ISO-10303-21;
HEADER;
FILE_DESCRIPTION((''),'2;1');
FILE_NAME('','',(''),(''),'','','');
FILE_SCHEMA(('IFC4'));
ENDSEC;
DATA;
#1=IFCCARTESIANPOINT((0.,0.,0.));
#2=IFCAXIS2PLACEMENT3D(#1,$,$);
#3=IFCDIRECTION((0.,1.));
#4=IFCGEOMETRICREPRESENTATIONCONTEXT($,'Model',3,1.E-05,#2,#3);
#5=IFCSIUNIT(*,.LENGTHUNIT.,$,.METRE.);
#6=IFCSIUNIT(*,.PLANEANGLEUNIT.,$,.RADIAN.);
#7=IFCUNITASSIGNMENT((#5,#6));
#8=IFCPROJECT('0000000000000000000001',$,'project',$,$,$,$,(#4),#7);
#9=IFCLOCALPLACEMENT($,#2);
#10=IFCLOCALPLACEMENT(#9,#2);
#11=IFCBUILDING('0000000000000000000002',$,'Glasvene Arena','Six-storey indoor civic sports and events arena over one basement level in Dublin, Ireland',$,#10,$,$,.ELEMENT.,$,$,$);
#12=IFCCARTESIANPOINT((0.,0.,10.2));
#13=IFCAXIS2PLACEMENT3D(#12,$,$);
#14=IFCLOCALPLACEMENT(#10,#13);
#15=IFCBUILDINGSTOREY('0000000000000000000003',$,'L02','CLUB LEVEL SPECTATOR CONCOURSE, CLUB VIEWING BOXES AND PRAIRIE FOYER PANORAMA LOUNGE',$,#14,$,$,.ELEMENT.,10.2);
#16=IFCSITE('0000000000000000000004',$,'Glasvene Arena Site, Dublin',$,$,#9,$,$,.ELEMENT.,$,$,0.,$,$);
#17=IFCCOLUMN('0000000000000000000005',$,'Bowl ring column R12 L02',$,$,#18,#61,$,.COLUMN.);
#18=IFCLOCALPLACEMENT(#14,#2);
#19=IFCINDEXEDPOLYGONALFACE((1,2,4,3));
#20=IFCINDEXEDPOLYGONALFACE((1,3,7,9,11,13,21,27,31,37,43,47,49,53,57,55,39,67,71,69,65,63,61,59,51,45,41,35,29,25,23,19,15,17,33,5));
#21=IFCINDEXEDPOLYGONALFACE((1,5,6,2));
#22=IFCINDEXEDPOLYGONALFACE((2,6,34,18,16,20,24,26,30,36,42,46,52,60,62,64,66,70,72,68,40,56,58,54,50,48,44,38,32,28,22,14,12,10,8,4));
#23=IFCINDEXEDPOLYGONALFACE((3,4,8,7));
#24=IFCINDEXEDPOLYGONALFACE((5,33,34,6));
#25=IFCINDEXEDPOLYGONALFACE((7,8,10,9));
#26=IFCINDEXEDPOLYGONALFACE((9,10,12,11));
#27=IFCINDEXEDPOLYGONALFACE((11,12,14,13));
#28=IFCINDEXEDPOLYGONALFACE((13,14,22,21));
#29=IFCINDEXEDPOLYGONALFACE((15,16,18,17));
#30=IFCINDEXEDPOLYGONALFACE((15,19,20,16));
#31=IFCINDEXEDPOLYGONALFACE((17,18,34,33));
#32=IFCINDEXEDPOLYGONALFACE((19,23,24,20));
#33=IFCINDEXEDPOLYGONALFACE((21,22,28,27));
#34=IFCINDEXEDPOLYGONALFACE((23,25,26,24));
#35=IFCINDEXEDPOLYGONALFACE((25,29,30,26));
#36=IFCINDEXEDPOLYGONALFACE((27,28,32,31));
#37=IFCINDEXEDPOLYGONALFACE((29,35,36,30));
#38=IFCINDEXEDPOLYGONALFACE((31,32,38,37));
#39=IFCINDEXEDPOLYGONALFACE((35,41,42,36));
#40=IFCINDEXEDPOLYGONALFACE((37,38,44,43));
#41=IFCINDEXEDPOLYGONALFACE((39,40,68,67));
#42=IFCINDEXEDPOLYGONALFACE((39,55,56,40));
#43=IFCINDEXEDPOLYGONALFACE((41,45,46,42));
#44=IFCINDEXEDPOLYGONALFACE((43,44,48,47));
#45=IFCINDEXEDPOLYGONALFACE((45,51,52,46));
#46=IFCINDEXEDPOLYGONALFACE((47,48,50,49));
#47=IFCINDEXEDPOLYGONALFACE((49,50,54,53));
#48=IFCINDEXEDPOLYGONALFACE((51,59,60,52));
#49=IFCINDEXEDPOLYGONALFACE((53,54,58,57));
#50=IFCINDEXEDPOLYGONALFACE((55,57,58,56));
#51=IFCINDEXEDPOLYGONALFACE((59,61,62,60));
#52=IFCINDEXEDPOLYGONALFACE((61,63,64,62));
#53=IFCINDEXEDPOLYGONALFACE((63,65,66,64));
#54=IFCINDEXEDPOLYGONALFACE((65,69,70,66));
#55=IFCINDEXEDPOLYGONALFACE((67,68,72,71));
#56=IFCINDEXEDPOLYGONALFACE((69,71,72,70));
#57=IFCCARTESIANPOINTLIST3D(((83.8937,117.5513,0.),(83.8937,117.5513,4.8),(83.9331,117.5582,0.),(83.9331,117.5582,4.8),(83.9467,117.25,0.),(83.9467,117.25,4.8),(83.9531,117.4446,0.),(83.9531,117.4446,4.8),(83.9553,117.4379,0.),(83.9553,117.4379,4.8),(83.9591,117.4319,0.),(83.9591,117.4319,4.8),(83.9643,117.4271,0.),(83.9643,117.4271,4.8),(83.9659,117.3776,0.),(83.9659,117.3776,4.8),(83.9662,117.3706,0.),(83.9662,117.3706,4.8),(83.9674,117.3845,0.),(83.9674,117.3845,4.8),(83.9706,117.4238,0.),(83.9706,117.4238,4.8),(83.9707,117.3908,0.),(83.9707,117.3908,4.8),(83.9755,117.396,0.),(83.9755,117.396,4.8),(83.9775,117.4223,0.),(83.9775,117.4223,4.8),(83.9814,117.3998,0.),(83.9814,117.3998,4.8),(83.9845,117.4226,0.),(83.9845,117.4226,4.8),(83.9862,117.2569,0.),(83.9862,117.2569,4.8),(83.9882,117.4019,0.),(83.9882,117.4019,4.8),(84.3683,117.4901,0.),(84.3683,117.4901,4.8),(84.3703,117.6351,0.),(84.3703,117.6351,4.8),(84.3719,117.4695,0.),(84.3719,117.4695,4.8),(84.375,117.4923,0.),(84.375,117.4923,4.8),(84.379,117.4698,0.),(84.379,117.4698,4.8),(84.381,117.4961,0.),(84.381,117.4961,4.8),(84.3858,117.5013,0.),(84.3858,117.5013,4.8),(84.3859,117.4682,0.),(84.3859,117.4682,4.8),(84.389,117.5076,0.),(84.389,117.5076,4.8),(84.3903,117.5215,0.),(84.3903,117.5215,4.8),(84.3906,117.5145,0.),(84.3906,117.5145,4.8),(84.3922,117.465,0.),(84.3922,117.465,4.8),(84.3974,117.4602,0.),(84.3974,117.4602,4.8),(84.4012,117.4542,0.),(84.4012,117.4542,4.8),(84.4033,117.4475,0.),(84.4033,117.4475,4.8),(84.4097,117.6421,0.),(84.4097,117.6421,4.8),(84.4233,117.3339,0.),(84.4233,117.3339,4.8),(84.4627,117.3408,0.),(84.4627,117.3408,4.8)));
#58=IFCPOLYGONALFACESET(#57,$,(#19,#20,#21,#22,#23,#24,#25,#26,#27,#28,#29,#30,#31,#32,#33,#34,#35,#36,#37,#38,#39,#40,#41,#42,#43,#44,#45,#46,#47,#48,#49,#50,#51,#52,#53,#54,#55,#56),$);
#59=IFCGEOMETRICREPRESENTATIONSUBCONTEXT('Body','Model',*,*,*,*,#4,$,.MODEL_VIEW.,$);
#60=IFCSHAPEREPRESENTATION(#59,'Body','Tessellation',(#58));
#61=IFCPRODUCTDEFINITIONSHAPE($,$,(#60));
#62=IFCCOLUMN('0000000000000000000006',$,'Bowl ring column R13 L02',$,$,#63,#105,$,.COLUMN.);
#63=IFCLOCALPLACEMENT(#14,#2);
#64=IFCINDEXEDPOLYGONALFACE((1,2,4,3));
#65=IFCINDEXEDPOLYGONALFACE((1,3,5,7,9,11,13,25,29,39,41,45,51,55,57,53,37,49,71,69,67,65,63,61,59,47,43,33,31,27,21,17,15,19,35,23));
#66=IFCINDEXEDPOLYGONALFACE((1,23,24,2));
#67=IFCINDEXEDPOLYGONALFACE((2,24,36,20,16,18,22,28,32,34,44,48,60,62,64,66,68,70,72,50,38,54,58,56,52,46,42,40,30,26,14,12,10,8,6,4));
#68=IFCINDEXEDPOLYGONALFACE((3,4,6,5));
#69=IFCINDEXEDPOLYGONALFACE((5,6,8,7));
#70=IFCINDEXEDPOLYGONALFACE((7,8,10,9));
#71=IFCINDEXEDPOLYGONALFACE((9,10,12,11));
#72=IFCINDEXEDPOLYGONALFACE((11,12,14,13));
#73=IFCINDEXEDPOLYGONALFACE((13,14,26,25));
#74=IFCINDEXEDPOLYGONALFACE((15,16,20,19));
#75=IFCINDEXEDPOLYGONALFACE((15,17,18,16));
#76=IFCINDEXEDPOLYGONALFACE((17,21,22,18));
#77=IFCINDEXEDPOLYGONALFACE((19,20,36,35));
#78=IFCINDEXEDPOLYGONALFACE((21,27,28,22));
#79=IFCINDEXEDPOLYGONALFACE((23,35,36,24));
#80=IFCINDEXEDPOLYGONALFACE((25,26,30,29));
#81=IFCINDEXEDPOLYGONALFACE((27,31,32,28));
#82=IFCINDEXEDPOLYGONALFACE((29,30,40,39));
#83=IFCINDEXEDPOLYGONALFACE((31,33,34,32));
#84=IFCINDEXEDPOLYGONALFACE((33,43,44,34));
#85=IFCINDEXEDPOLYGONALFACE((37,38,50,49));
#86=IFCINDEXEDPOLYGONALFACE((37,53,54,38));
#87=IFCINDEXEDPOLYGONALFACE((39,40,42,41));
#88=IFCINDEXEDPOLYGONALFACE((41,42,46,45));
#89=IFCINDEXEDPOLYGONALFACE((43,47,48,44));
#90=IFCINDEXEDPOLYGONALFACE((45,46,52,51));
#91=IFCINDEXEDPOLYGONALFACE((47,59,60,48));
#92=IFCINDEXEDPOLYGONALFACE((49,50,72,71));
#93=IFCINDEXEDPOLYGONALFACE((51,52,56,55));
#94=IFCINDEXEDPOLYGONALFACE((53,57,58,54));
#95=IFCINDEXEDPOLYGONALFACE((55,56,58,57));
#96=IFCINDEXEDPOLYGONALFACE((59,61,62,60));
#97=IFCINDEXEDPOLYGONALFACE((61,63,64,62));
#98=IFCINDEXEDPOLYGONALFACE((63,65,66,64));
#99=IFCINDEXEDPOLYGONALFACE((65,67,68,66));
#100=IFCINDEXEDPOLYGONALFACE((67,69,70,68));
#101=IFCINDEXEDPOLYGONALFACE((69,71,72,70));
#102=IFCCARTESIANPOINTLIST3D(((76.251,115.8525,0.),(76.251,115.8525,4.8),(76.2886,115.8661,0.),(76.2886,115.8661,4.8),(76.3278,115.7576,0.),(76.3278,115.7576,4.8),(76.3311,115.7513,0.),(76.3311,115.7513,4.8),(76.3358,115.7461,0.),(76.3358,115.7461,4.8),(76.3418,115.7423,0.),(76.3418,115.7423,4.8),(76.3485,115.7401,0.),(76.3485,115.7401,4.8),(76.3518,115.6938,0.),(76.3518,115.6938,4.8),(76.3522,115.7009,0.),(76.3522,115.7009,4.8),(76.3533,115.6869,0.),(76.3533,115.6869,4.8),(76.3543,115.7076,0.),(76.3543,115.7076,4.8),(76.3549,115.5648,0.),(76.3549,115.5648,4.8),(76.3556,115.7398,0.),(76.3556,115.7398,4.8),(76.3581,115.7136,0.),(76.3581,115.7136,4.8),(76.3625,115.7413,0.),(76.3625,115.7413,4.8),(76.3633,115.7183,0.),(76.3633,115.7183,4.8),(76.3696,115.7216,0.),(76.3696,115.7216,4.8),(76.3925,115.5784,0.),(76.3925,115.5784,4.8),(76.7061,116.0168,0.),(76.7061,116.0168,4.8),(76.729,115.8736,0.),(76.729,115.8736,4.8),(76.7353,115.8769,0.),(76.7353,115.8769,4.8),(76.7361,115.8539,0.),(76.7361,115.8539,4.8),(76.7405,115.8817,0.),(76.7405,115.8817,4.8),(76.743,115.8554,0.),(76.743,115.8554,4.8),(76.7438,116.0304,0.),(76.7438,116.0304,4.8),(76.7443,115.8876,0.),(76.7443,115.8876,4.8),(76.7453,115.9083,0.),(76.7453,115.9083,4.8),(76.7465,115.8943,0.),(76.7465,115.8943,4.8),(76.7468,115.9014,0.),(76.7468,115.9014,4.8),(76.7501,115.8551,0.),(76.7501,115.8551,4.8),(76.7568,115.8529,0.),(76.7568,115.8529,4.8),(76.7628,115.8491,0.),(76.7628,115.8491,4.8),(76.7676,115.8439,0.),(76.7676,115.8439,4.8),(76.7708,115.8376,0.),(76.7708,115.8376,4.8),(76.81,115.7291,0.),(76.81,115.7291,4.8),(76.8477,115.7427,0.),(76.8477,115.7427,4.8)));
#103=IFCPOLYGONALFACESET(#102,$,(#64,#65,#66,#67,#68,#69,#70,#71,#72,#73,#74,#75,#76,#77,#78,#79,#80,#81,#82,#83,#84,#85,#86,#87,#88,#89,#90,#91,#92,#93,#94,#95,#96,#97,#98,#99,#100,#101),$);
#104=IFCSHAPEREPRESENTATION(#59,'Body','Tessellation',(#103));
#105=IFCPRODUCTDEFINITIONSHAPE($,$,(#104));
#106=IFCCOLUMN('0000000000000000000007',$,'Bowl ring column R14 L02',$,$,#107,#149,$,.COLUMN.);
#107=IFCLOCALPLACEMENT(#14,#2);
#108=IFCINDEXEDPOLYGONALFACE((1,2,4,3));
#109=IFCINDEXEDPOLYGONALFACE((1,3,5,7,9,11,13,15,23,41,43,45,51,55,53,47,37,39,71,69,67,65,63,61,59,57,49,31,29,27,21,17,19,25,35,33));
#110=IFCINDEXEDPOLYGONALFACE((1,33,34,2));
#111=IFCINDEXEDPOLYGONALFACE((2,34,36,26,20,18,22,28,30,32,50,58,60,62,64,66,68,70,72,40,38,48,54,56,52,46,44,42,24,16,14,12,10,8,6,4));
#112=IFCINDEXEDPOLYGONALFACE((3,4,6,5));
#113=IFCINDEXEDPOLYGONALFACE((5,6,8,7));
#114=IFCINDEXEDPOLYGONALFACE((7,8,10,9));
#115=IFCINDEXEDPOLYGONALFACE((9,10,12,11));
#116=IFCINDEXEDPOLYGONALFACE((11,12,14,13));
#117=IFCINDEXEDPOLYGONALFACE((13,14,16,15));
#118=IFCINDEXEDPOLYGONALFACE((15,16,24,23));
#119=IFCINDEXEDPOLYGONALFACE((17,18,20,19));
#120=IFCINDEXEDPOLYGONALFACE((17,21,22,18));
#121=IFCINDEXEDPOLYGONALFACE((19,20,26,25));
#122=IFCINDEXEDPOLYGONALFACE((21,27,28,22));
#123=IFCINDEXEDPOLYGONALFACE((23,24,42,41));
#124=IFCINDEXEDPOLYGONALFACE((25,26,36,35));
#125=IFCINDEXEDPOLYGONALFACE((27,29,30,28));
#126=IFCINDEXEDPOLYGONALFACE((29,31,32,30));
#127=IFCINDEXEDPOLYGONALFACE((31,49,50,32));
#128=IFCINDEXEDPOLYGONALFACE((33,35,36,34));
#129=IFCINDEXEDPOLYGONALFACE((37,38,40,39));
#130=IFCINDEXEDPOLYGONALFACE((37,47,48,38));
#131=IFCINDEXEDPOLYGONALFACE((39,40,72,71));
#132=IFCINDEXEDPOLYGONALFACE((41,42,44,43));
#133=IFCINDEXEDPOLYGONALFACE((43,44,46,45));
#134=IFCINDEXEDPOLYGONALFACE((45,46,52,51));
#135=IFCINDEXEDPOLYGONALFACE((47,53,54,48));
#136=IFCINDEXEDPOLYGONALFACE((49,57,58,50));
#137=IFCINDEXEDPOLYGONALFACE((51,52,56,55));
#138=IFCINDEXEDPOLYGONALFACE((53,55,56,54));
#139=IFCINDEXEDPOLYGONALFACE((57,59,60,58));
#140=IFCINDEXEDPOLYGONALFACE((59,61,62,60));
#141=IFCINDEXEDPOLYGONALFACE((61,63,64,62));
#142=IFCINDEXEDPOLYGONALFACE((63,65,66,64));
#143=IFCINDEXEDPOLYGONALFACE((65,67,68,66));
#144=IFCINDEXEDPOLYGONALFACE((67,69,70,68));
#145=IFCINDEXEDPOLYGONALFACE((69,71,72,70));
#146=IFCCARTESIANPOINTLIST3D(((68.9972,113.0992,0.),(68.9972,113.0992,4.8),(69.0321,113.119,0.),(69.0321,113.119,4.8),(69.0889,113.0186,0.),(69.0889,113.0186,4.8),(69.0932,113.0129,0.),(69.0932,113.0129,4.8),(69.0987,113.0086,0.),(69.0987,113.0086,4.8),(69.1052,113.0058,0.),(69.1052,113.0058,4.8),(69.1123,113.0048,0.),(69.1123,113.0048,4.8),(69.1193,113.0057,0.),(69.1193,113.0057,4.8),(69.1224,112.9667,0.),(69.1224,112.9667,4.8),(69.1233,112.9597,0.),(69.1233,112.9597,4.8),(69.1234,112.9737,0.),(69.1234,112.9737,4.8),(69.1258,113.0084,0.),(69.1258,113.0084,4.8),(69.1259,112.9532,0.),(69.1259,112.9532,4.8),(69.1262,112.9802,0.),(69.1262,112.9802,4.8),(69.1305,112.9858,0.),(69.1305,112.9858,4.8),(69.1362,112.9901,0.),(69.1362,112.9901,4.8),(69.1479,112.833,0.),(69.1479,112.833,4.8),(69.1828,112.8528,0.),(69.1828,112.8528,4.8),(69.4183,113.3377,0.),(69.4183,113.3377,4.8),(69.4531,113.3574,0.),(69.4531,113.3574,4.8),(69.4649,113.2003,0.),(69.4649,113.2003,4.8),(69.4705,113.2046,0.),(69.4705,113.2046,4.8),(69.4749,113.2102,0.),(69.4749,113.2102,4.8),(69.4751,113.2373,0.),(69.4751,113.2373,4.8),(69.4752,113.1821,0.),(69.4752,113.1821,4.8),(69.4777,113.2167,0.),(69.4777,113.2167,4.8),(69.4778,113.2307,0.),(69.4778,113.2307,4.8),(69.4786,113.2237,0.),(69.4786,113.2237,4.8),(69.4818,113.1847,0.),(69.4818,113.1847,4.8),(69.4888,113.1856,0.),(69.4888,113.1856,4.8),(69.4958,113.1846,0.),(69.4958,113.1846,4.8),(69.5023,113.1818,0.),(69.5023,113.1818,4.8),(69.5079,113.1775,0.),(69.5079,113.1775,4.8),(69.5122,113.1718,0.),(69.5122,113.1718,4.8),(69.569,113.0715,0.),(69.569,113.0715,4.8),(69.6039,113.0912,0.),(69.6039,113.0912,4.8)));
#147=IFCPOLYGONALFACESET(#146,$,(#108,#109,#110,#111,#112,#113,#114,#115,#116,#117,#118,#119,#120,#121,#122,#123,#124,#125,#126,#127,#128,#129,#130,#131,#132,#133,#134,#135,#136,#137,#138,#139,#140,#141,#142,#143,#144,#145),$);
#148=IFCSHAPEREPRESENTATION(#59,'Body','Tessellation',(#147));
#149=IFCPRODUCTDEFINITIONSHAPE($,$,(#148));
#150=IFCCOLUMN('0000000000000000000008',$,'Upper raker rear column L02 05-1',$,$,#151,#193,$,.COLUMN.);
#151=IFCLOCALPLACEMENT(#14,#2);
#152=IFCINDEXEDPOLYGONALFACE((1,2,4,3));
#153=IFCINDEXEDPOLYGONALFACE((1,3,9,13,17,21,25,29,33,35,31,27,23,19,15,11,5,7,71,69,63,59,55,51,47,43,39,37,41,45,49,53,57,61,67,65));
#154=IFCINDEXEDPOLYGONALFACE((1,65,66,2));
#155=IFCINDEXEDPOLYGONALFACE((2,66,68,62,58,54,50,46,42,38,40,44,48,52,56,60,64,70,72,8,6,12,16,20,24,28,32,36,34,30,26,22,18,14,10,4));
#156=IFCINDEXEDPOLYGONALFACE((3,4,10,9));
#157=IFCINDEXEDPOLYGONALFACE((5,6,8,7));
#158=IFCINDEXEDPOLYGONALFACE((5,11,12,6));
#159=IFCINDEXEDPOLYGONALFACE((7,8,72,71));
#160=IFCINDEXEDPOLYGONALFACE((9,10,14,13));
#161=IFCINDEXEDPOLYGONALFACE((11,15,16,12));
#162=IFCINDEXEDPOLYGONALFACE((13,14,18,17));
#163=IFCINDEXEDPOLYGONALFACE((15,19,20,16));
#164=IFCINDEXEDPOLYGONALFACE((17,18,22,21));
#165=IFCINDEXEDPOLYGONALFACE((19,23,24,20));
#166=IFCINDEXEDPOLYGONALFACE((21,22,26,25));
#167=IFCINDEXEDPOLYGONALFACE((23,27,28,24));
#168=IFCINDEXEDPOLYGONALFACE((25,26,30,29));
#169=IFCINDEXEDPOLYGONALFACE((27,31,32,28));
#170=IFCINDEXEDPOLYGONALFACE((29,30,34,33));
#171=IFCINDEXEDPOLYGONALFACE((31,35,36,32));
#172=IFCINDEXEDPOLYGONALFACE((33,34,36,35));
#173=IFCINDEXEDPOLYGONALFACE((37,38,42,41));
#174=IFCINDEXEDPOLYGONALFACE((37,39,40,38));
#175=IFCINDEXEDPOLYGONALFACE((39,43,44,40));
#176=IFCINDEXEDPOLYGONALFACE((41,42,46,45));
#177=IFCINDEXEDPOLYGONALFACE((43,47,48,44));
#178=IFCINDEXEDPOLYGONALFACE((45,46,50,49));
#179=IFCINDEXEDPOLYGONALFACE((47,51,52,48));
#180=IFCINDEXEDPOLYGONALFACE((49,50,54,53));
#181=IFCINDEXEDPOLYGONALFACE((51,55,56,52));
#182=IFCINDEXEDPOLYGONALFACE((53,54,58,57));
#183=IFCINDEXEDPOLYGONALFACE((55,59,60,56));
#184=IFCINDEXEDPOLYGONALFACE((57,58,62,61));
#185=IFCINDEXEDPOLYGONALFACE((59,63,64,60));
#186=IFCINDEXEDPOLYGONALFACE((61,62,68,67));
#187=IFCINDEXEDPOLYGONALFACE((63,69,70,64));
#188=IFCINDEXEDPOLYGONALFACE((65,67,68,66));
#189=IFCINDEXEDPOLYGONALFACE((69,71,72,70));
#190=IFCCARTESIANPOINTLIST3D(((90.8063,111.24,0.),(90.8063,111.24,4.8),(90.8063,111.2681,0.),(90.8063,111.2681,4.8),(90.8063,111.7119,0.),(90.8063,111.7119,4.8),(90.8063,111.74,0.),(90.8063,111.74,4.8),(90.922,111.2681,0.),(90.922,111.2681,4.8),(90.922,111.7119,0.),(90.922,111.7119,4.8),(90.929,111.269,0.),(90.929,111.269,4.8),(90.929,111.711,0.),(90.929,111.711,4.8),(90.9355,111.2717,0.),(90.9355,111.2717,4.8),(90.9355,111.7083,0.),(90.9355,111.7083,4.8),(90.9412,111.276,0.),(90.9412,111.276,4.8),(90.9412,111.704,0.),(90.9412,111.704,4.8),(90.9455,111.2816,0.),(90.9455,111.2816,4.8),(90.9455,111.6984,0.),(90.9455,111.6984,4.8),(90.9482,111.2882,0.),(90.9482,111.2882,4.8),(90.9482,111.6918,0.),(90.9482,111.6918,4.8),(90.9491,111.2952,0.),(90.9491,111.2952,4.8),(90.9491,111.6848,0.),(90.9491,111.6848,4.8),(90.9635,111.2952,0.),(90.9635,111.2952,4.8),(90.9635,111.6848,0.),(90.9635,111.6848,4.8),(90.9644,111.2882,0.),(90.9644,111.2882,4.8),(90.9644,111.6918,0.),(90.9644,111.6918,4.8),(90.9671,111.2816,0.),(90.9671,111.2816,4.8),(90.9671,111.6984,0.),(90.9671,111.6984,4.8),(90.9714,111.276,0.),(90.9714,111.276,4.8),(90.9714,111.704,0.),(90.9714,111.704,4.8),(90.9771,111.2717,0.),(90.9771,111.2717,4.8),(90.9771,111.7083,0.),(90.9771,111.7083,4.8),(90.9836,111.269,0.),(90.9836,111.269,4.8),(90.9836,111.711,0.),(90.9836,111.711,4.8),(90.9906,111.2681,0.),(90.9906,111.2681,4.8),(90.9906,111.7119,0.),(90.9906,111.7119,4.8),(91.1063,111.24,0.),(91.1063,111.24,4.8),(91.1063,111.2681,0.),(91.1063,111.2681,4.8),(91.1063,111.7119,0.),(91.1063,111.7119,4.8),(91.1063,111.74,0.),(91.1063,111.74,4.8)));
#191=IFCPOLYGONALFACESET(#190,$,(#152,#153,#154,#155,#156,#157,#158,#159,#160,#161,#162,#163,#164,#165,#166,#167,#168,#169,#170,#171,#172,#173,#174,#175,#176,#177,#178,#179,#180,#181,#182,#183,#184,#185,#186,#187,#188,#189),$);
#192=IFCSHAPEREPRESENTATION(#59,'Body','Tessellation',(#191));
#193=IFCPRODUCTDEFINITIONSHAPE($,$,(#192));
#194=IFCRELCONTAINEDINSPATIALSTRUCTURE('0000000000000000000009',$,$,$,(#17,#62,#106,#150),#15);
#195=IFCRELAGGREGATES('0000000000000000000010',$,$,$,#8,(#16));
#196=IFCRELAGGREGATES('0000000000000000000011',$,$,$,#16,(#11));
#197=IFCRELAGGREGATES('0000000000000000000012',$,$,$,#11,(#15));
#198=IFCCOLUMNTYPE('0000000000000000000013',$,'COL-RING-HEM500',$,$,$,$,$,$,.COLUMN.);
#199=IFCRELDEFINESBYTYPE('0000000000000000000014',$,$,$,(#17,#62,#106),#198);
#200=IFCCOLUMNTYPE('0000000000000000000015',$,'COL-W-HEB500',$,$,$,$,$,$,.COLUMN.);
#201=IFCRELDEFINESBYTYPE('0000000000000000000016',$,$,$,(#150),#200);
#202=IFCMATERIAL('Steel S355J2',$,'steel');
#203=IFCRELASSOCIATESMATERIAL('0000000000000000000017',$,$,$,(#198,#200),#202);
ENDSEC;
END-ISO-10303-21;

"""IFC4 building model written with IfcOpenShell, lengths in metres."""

from ifc_helpers import new_model, si_unit, direction, frame, origin, origin_2d, place, context, subcontext, project, spatial, i_section, extrude, material, material_profile, profile_set, type_object, element, save


model = new_model("IFC4")

# Units and contexts
model_context = context("Model", 3, precision=1e-05, world=origin(), true_north=direction((0.0, 1.0)))
body_context = subcontext(model_context, "Body", "Model", "MODEL_VIEW")
ifc_project = project(units=[si_unit("LENGTHUNIT", "METRE"), si_unit("PLANEANGLEUNIT", "RADIAN")], contexts=[model_context])

# Site, building, storey
site_placement = place(None, origin())
site = spatial("IfcSite", under=ifc_project, at=site_placement, Name="Glasvene Arena Site, Dublin", CompositionType="ELEMENT", RefElevation=0.0)
building_placement = place(site_placement, origin())
building = spatial("IfcBuilding", under=site, at=building_placement, Name="Glasvene Arena", Description="Six-storey indoor civic sports and events arena over one basement level in Dublin, Ireland", CompositionType="ELEMENT")
storey_placement = place(building_placement, frame((0.0, 0.0, 10.2)))
storey = spatial("IfcBuildingStorey", under=building, at=storey_placement, Name="L02", Description="CLUB LEVEL SPECTATOR CONCOURSE, CLUB VIEWING BOXES AND PRAIRIE FOYER PANORAMA LOUNGE", CompositionType="ELEMENT", Elevation=10.2)

# Columns
ifc_material_1 = material(Name="Steel S355J2", Category="steel")
ifc_material_profile_1 = material_profile(ifc_material_1, i_section(OverallWidth=0.3059, OverallDepth=0.5239, WebThickness=0.021, FlangeThickness=0.04, FilletRadius=0.0271, at=origin_2d()), Name="HEM 500")
ifc_profile_set_1 = profile_set([ifc_material_profile_1], Name="Steel S355J2")
column_type_1 = type_object("IfcColumnType", Name="COL-RING-HEM500", PredefinedType="COLUMN", material=ifc_profile_set_1)
for number, where, z_axis, x_axis, name in (
    (1, (84.1782, 117.446, 0.0), (0.0, 0.0, 1.0), (-0.173304, 0.984868, 0.0), "Bowl ring column R12 L02"),
    (2, (76.5493, 115.7976, 0.0), (0.0, 0.0, 1.0), (-0.339559, 0.940585, 0.0), "Bowl ring column R13 L02"),
    (3, (69.3005, 113.0952, 0.0), (0.0, 0.0, 1.0), (-0.492727, 0.870184, 0.0), "Bowl ring column R14 L02"),
):
    element("IfcColumn", number, at=place(storey_placement, frame(where, z_axis=z_axis, x_axis=x_axis)), inside=storey, type_object=column_type_1, Name=name, PredefinedType="COLUMN", context=body_context, shape_type="SweptSolid", body=[
        extrude(i_section(OverallWidth=0.3059, OverallDepth=0.5239, WebThickness=0.021, FlangeThickness=0.04, FilletRadius=0.0271, at=origin_2d()), origin(), (0.0, 0.0, 1.0), 4.8),
    ])
ifc_material_profile_2 = material_profile(ifc_material_1, i_section(OverallWidth=0.3, OverallDepth=0.5, WebThickness=0.0144, FlangeThickness=0.0281, FilletRadius=0.0271, at=origin_2d()), Name="HEB 500")
ifc_profile_set_2 = profile_set([ifc_material_profile_2], Name="Steel S355J2")
column_type_2 = type_object("IfcColumnType", Name="COL-W-HEB500", PredefinedType="COLUMN", material=ifc_profile_set_2)
for number, where, z_axis, x_axis, name in (
    (4, (90.9563, 111.49, 0.0), (0.0, 0.0, 1.0), (1.0, 0.0, 0.0), "Upper raker rear column L02 05-1"),
):
    element("IfcColumn", number, at=place(storey_placement, frame(where, z_axis=z_axis, x_axis=x_axis)), inside=storey, type_object=column_type_2, Name=name, PredefinedType="COLUMN", context=body_context, shape_type="SweptSolid", body=[
        extrude(i_section(OverallWidth=0.3, OverallDepth=0.5, WebThickness=0.0144, FlangeThickness=0.0281, FilletRadius=0.0271, at=origin_2d()), origin(), (0.0, 0.0, 1.0), 4.8),
    ])

save(model, "model.ifc")
